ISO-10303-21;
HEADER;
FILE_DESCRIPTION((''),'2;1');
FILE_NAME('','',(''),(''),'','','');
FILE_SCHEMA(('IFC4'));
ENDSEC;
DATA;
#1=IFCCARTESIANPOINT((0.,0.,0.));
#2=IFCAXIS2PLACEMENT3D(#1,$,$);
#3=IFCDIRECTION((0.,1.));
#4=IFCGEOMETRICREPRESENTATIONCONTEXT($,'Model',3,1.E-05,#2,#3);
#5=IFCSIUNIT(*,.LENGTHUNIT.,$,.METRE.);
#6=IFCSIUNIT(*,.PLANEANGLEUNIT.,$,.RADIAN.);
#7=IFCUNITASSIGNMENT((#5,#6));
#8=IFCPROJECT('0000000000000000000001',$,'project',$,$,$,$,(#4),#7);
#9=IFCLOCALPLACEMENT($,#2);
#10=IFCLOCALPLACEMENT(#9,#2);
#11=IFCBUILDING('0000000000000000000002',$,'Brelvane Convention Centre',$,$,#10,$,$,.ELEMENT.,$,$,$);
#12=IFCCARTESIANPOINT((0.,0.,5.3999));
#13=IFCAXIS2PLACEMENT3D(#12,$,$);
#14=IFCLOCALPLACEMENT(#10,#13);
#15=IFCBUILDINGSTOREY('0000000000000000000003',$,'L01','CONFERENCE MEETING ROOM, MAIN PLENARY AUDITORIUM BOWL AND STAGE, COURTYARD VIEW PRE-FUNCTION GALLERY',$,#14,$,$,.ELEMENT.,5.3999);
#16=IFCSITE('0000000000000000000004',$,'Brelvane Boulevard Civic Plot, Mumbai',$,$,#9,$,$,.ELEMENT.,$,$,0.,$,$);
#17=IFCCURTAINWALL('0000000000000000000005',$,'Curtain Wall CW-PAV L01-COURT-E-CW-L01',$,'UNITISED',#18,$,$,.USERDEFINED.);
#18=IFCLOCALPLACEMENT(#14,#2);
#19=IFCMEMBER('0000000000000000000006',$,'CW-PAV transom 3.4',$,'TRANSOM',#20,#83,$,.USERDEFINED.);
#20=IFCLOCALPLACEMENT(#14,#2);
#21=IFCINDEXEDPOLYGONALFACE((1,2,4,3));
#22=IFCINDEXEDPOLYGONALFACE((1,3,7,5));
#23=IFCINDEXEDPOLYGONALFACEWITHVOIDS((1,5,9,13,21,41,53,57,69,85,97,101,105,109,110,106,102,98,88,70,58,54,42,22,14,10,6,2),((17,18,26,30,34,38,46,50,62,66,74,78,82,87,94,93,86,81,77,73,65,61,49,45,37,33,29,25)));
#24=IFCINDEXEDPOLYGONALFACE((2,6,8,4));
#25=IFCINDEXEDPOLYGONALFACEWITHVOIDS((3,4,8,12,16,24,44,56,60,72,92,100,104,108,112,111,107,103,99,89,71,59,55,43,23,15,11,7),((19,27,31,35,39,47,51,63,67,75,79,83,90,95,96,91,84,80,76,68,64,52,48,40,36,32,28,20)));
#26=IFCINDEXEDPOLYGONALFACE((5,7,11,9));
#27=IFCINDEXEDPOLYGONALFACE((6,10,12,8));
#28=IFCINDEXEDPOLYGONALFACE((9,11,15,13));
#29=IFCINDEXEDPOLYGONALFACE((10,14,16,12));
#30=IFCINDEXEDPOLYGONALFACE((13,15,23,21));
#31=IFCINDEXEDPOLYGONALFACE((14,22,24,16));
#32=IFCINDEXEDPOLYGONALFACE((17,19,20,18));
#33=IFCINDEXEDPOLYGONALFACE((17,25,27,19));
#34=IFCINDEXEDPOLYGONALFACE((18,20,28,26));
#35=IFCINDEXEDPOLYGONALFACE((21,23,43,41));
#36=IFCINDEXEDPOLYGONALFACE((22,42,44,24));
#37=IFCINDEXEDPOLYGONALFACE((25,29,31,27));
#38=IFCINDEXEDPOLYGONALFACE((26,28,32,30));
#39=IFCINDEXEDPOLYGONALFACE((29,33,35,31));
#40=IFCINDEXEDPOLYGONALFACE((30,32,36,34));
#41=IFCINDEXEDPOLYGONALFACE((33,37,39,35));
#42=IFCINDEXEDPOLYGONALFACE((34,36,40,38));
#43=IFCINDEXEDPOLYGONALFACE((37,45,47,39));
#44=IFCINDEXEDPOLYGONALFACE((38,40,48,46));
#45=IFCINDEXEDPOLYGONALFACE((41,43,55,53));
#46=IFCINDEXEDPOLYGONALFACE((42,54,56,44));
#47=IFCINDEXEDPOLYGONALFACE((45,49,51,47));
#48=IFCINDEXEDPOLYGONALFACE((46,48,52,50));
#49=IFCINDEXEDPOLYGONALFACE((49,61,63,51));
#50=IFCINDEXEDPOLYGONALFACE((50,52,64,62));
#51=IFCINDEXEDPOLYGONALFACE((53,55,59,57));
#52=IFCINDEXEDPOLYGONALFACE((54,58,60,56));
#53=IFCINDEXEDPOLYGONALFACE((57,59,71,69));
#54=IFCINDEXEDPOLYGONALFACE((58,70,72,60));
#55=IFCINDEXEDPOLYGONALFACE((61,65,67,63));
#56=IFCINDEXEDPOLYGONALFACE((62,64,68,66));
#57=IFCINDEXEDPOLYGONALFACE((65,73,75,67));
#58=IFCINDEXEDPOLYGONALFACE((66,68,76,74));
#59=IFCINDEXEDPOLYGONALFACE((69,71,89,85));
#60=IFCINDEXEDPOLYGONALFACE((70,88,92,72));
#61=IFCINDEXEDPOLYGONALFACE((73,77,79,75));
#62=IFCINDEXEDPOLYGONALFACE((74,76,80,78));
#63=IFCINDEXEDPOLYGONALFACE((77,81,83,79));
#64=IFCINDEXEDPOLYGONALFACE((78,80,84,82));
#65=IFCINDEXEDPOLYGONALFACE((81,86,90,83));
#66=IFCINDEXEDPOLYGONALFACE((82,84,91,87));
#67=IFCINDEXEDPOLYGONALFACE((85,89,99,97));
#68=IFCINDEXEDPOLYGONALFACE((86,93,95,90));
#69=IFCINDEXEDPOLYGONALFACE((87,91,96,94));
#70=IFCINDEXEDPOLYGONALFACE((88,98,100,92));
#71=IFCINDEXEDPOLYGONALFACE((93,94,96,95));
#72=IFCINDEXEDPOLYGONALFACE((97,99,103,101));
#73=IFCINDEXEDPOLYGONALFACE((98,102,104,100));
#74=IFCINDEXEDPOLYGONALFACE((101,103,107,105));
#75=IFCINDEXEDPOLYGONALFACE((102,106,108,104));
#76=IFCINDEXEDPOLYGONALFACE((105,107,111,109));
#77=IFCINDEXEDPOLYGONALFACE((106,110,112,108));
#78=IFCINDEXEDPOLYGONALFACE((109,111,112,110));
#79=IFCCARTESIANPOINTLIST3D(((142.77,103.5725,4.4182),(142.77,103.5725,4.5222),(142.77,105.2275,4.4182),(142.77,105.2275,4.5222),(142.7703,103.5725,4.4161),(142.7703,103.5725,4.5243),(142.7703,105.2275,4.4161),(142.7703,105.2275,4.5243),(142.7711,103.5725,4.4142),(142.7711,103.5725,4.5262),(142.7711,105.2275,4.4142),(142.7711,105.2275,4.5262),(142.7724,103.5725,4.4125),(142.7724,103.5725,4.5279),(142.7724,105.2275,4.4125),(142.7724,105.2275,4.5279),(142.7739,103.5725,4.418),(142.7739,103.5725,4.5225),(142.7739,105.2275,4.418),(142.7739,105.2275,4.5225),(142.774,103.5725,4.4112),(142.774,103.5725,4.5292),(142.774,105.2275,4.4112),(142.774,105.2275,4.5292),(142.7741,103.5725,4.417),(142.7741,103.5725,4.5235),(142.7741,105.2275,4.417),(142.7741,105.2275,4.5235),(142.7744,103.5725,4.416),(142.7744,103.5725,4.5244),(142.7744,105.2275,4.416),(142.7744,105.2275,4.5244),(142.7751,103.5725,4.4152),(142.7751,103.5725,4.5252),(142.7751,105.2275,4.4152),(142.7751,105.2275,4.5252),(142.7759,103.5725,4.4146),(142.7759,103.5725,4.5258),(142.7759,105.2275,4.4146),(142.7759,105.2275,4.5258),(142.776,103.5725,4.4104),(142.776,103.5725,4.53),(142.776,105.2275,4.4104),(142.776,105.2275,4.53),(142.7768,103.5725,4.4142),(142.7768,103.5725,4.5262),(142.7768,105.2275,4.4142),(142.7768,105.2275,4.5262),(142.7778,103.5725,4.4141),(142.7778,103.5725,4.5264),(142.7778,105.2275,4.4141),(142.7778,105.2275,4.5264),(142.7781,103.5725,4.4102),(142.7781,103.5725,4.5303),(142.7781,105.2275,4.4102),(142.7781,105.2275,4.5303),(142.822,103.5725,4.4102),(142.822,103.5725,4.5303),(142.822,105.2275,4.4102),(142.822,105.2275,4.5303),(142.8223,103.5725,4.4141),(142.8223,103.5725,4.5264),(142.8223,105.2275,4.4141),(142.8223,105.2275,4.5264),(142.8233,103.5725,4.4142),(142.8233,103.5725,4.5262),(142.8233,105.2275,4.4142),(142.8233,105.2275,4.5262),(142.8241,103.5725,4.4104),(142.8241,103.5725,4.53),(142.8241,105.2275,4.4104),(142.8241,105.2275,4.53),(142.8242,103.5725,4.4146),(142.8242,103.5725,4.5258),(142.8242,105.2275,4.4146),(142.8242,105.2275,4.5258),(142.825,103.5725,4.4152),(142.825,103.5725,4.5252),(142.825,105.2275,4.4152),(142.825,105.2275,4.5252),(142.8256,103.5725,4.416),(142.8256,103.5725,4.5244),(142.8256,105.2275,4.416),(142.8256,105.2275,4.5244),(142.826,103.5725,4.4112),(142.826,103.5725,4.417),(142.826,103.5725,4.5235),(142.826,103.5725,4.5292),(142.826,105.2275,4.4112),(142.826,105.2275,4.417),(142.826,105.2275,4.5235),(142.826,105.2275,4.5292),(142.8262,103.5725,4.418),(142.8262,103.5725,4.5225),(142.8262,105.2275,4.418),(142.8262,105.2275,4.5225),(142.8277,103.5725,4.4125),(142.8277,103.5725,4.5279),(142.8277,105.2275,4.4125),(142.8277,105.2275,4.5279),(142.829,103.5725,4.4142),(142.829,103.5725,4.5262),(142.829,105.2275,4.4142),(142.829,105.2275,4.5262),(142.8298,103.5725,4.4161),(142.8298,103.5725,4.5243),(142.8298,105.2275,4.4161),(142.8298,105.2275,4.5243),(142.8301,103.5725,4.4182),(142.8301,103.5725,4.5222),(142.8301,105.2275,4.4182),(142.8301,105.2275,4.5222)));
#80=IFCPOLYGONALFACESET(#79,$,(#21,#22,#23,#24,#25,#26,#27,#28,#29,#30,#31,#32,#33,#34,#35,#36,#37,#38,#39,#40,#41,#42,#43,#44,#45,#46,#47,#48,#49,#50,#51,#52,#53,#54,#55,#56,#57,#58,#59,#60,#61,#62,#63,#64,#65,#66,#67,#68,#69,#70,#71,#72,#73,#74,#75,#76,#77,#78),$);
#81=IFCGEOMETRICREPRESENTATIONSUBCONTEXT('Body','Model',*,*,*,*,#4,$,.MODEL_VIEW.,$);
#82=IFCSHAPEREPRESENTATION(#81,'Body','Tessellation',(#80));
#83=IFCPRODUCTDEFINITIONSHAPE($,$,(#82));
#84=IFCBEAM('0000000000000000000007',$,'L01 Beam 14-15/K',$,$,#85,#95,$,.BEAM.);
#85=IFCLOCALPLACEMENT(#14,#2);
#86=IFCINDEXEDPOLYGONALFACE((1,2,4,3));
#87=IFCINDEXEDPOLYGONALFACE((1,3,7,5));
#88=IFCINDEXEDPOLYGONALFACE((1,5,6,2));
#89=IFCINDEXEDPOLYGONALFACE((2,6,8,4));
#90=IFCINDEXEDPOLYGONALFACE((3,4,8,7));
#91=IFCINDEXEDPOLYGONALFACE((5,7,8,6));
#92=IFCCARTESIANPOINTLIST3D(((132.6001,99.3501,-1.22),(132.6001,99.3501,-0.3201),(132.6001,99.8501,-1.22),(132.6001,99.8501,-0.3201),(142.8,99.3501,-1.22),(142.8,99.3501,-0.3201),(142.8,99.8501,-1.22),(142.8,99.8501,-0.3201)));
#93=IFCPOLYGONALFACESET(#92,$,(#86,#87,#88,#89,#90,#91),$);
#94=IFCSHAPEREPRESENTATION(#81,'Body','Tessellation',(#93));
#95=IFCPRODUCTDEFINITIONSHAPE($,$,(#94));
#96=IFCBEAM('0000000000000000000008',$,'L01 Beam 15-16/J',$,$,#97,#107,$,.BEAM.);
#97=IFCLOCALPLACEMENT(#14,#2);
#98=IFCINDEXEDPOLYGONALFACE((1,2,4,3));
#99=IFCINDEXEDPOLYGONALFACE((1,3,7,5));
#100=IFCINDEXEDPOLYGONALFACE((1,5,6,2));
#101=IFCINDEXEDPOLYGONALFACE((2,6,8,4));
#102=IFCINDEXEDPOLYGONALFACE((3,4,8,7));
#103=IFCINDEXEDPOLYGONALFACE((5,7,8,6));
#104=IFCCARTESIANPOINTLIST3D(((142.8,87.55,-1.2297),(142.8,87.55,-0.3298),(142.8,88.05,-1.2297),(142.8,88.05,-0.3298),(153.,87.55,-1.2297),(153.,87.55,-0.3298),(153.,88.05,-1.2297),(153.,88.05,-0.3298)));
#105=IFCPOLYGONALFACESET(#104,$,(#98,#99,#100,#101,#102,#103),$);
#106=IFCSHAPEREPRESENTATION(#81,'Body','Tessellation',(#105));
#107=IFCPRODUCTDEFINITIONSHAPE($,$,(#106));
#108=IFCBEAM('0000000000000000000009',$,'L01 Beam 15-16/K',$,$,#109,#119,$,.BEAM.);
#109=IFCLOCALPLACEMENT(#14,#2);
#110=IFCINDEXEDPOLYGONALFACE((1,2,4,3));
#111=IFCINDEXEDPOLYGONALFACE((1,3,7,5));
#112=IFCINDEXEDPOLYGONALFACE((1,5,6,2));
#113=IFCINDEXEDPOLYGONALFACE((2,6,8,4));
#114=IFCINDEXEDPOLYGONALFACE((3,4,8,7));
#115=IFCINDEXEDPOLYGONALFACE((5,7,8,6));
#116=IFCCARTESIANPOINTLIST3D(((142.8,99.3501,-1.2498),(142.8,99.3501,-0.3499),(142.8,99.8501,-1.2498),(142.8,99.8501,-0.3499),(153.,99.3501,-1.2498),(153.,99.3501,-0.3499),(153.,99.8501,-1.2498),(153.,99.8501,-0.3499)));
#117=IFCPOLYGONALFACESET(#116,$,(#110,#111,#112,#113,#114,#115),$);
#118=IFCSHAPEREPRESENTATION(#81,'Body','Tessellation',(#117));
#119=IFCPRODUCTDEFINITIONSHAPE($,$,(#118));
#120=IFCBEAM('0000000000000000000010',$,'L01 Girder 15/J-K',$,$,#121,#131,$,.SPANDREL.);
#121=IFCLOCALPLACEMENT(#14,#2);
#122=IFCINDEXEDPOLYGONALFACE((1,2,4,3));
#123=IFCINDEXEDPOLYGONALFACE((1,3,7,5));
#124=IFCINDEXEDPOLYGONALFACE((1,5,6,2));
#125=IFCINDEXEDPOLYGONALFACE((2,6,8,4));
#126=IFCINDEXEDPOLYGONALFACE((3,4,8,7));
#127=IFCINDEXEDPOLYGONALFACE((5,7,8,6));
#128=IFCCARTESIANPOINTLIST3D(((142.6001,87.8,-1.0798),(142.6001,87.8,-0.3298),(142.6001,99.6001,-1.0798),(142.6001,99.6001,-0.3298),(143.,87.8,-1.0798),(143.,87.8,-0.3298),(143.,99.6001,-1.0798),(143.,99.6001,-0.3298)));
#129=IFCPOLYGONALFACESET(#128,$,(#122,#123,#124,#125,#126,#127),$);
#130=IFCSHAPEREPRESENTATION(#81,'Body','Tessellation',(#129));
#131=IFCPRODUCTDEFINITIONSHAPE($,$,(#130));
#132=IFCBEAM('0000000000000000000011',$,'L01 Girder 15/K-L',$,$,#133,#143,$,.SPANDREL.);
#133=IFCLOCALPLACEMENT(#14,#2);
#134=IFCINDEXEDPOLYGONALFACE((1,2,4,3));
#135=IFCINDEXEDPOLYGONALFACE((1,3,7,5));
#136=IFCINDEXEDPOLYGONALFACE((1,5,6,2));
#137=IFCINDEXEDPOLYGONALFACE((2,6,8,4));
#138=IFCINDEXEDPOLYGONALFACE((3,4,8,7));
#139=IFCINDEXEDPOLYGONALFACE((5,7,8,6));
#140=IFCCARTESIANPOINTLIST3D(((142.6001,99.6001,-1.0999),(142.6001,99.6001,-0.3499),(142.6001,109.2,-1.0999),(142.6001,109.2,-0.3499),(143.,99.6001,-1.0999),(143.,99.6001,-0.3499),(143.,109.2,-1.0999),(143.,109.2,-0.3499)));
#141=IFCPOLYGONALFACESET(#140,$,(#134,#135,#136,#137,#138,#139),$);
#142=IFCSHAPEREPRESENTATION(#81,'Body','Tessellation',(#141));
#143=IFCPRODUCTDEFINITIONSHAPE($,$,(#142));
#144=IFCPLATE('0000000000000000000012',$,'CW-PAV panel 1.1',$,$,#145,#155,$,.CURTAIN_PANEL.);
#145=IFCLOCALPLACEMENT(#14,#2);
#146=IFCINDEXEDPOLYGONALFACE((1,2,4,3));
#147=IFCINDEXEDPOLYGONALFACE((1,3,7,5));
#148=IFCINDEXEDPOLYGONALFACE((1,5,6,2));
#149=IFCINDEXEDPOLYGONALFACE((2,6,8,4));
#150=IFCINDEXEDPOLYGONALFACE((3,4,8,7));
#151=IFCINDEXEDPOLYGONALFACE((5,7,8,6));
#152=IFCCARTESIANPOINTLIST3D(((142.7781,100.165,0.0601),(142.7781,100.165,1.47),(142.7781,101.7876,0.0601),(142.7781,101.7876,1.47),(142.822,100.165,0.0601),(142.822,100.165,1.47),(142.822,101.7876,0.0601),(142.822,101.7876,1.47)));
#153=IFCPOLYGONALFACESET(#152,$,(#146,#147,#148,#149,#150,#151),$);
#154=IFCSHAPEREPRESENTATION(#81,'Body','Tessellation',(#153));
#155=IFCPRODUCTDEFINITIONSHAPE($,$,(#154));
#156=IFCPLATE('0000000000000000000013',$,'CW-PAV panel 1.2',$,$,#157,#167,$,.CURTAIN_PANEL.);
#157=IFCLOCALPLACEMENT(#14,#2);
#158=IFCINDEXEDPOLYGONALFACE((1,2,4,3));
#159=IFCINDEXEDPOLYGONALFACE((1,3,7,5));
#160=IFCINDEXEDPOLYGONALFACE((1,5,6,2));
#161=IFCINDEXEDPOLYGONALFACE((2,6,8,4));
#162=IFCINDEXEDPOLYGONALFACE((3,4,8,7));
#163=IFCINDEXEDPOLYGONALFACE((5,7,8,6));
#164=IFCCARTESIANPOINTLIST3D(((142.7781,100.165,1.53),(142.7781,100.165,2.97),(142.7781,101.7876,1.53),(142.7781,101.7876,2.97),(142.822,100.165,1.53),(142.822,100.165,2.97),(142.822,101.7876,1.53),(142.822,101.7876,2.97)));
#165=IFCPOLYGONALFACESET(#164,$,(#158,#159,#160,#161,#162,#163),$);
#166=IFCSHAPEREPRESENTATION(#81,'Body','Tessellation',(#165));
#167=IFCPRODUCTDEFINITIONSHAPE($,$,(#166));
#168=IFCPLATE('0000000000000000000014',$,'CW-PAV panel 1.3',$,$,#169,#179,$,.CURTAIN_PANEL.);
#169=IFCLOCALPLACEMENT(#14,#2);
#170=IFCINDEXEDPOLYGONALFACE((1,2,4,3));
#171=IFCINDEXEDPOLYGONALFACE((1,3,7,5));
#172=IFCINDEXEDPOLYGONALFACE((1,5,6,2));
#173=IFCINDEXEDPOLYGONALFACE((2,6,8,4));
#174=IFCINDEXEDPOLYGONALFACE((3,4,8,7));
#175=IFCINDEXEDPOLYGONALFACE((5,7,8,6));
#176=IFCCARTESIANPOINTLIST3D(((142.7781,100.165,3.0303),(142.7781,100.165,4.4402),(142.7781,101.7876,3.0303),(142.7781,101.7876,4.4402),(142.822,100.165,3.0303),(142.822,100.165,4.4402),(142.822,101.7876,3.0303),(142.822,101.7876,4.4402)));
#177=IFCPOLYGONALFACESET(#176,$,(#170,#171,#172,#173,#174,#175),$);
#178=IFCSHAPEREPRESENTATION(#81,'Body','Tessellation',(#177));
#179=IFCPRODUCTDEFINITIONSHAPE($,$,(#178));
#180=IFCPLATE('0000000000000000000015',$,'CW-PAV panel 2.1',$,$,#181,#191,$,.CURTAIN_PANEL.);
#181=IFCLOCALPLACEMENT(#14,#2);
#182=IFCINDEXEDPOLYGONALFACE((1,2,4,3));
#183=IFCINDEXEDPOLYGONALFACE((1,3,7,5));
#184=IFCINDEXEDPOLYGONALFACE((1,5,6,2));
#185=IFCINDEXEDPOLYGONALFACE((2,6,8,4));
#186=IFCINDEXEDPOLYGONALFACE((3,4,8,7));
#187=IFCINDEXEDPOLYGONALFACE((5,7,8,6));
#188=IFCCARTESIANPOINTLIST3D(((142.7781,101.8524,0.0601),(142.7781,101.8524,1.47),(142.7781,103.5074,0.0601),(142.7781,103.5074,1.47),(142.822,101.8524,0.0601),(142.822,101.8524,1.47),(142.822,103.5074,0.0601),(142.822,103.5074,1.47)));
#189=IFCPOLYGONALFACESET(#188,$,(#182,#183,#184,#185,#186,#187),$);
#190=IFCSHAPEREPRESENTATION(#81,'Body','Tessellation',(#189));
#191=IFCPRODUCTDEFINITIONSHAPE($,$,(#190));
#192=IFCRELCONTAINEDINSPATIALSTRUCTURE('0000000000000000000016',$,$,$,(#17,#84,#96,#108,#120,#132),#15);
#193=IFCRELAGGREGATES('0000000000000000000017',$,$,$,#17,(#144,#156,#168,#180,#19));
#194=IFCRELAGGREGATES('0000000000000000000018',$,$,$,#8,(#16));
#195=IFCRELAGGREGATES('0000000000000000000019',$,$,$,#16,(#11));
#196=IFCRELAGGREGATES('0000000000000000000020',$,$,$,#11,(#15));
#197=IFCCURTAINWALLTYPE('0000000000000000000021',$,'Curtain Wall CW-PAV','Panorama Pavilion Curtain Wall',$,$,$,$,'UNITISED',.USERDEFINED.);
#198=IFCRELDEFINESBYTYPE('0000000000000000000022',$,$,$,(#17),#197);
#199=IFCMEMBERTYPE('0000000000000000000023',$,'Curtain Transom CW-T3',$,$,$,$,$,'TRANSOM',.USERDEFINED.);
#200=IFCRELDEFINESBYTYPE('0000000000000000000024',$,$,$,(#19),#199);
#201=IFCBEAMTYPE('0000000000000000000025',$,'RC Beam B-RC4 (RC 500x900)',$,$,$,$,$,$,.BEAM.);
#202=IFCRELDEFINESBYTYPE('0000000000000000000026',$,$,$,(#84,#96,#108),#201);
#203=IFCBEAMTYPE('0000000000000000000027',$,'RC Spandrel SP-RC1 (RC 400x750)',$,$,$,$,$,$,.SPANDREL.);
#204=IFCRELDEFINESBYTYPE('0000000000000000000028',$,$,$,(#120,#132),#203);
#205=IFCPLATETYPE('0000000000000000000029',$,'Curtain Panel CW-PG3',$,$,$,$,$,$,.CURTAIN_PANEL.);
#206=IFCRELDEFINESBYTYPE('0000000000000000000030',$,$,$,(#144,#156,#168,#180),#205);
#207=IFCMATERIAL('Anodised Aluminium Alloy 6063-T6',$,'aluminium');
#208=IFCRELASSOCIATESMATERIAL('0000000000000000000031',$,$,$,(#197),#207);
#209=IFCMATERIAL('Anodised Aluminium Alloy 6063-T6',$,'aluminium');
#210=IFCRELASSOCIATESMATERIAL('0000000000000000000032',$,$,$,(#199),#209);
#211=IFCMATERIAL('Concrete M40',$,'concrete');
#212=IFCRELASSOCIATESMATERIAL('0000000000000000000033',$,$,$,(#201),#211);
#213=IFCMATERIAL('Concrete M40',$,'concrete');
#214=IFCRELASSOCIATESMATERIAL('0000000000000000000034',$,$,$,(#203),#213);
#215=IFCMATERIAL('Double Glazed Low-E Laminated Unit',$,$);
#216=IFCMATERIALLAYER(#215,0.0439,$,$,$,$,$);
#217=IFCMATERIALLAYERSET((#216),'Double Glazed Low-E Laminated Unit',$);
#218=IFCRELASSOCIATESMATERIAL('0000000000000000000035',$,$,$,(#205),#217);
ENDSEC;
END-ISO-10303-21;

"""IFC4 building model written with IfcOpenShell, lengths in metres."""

from ifc_helpers import new_model, si_unit, direction, frame, origin, origin_2d, place, context, subcontext, project, spatial, rectangle, hollow_rectangle, extrude, material, layer, layer_set, material_profile, profile_set, type_object, element, aggregate, save


model = new_model("IFC4")

# Units and contexts
model_context = context("Model", 3, precision=1e-05, world=origin(), true_north=direction((0.0, 1.0)))
body_context = subcontext(model_context, "Body", "Model", "MODEL_VIEW")
ifc_project = project(units=[si_unit("LENGTHUNIT", "METRE"), si_unit("PLANEANGLEUNIT", "RADIAN")], contexts=[model_context])

# Site, building, storey
site_placement = place(None, origin())
site = spatial("IfcSite", under=ifc_project, at=site_placement, Name="Brelvane Boulevard Civic Plot, Mumbai", CompositionType="ELEMENT", RefElevation=0.0)
building_placement = place(site_placement, origin())
building = spatial("IfcBuilding", under=site, at=building_placement, Name="Brelvane Convention Centre", CompositionType="ELEMENT")
storey_placement = place(building_placement, frame((0.0, 0.0, 5.3999)))
storey = spatial("IfcBuildingStorey", under=building, at=storey_placement, Name="L01", Description="CONFERENCE MEETING ROOM, MAIN PLENARY AUDITORIUM BOWL AND STAGE, COURTYARD VIEW PRE-FUNCTION GALLERY", CompositionType="ELEMENT", Elevation=5.3999)

# Curtain wall, member
ifc_material_1 = material(Name="Anodised Aluminium Alloy 6063-T6", Category="aluminium")
curtain_wall_type = type_object("IfcCurtainWallType", Name="Curtain Wall CW-PAV", Description="Panorama Pavilion Curtain Wall", ElementType="UNITISED", PredefinedType="USERDEFINED", material=ifc_material_1)
curtain_wall_placement = place(storey_placement, origin())
curtain_wall = element("IfcCurtainWall", 1, at=curtain_wall_placement, inside=storey, type_object=curtain_wall_type, Name="Curtain Wall CW-PAV L01-COURT-E-CW-L01", ObjectType="UNITISED", PredefinedType="USERDEFINED")
ifc_material_2 = material(Name="Anodised Aluminium Alloy 6063-T6", Category="aluminium")
ifc_material_profile_1 = material_profile(ifc_material_2, hollow_rectangle(XDim=0.0601, YDim=0.1201, WallThickness=0.0039, InnerFilletRadius=0.0039, OuterFilletRadius=0.0081, at=origin_2d()), Name="ALU-T 120x60x4.0")
ifc_profile_set_1 = profile_set([ifc_material_profile_1], Name="Anodised Aluminium Alloy 6063-T6")
member_type_1 = type_object("IfcMemberType", Name="Curtain Transom CW-T3", ElementType="TRANSOM", PredefinedType="USERDEFINED", material=ifc_profile_set_1)
member_1_placement = place(storey_placement, frame((142.8, 103.5725, 4.4702), z_axis=(0.0, 1.0, 0.0), x_axis=(-1.0, 0.0, 0.0)))
member_1 = element("IfcMember", 2, at=member_1_placement, type_object=member_type_1, Name="CW-PAV transom 3.4", ObjectType="TRANSOM", PredefinedType="USERDEFINED", context=body_context, shape_type="SweptSolid", body=[
    extrude(hollow_rectangle(XDim=0.0601, YDim=0.1201, WallThickness=0.0039, InnerFilletRadius=0.0039, OuterFilletRadius=0.0081, at=origin_2d()), origin(), (0.0, 0.0, 1.0), 1.655),
])

# Beams
ifc_material_3 = material(Name="Concrete M40", Category="concrete")
ifc_material_profile_2 = material_profile(ifc_material_3, rectangle(XDim=0.5, YDim=0.8999, at=origin_2d()), Name="RC 500x900")
ifc_profile_set_2 = profile_set([ifc_material_profile_2], Name="Concrete M40")
beam_type_1 = type_object("IfcBeamType", Name="RC Beam B-RC4 (RC 500x900)", PredefinedType="BEAM", material=ifc_profile_set_2)
for number, where, z_axis, x_axis, name in (
    (3, (132.6001, 99.6001, -0.77), (1.0, 0.0, 0.0), (0.0, 1.0, 0.0), "L01 Beam 14-15/K"),
    (4, (142.8, 87.8, -0.7798), (1.0, 0.0, 0.0), (0.0, 1.0, 0.0), "L01 Beam 15-16/J"),
    (5, (142.8, 99.6001, -0.7998), (1.0, 0.0, 0.0), (0.0, 1.0, 0.0), "L01 Beam 15-16/K"),
):
    element("IfcBeam", number, at=place(storey_placement, frame(where, z_axis=z_axis, x_axis=x_axis)), inside=storey, type_object=beam_type_1, Name=name, PredefinedType="BEAM", context=body_context, shape_type="SweptSolid", body=[
        extrude(rectangle(XDim=0.5, YDim=0.8999, at=origin_2d()), origin(), (0.0, 0.0, 1.0), 10.2),
    ])
ifc_material_4 = material(Name="Concrete M40", Category="concrete")
ifc_material_profile_3 = material_profile(ifc_material_4, rectangle(XDim=0.3999, YDim=0.75, at=origin_2d()), Name="RC 400x750")
ifc_profile_set_3 = profile_set([ifc_material_profile_3], Name="Concrete M40")
beam_type_2 = type_object("IfcBeamType", Name="RC Spandrel SP-RC1 (RC 400x750)", PredefinedType="SPANDREL", material=ifc_profile_set_3)
beam_1_placement = place(storey_placement, frame((142.8, 87.8, -0.7048), z_axis=(0.0, 1.0, 0.0), x_axis=(-1.0, 0.0, 0.0)))
element("IfcBeam", 6, at=beam_1_placement, inside=storey, type_object=beam_type_2, Name="L01 Girder 15/J-K", PredefinedType="SPANDREL", context=body_context, shape_type="SweptSolid", body=[
    extrude(rectangle(XDim=0.3999, YDim=0.75, at=origin_2d()), origin(), (0.0, 0.0, 1.0), 11.8),
])
beam_2_placement = place(storey_placement, frame((142.8, 99.6001, -0.7249), z_axis=(0.0, 1.0, 0.0), x_axis=(-1.0, 0.0, 0.0)))
element("IfcBeam", 7, at=beam_2_placement, inside=storey, type_object=beam_type_2, Name="L01 Girder 15/K-L", PredefinedType="SPANDREL", context=body_context, shape_type="SweptSolid", body=[
    extrude(rectangle(XDim=0.3999, YDim=0.75, at=origin_2d()), origin(), (0.0, 0.0, 1.0), 9.5999),
])

# Plates
ifc_material_5 = material(Name="Double Glazed Low-E Laminated Unit")
ifc_layer_1 = layer(ifc_material_5, 0.0439)
ifc_layer_set_1 = layer_set([ifc_layer_1], Name="Double Glazed Low-E Laminated Unit")
plate_type = type_object("IfcPlateType", Name="Curtain Panel CW-PG3", PredefinedType="CURTAIN_PANEL", material=ifc_layer_set_1)
plate_1_placement = place(storey_placement, frame((142.8, 100.9763, 0.0601), z_axis=(0.0, 0.0, 1.0), x_axis=(0.0, 1.0, 0.0)))
plate_1 = element("IfcPlate", 8, at=plate_1_placement, type_object=plate_type, Name="CW-PAV panel 1.1", PredefinedType="CURTAIN_PANEL", context=body_context, shape_type="SweptSolid", body=[
    extrude(rectangle(XDim=1.6226, YDim=0.0439, at=origin_2d()), origin(), (0.0, 0.0, 1.0), 1.4099),
])
plate_2_placement = place(storey_placement, frame((142.8, 100.9763, 1.53), z_axis=(0.0, 0.0, 1.0), x_axis=(0.0, 1.0, 0.0)))
plate_2 = element("IfcPlate", 9, at=plate_2_placement, type_object=plate_type, Name="CW-PAV panel 1.2", PredefinedType="CURTAIN_PANEL", context=body_context, shape_type="SweptSolid", body=[
    extrude(rectangle(XDim=1.6226, YDim=0.0439, at=origin_2d()), origin(), (0.0, 0.0, 1.0), 1.4399),
])
plate_3_placement = place(storey_placement, frame((142.8, 100.9763, 3.0303), z_axis=(0.0, 0.0, 1.0), x_axis=(0.0, 1.0, 0.0)))
plate_3 = element("IfcPlate", 10, at=plate_3_placement, type_object=plate_type, Name="CW-PAV panel 1.3", PredefinedType="CURTAIN_PANEL", context=body_context, shape_type="SweptSolid", body=[
    extrude(rectangle(XDim=1.6226, YDim=0.0439, at=origin_2d()), origin(), (0.0, 0.0, 1.0), 1.4099),
])
plate_4_placement = place(storey_placement, frame((142.8, 102.6799, 0.0601), z_axis=(0.0, 0.0, 1.0), x_axis=(0.0, 1.0, 0.0)))
plate_4 = element("IfcPlate", 11, at=plate_4_placement, type_object=plate_type, Name="CW-PAV panel 2.1", PredefinedType="CURTAIN_PANEL", context=body_context, shape_type="SweptSolid", body=[
    extrude(rectangle(XDim=1.655, YDim=0.0439, at=origin_2d()), origin(), (0.0, 0.0, 1.0), 1.4099),
])
aggregate(curtain_wall, [plate_1, plate_2, plate_3, plate_4, member_1])

save(model, "model.ifc")
